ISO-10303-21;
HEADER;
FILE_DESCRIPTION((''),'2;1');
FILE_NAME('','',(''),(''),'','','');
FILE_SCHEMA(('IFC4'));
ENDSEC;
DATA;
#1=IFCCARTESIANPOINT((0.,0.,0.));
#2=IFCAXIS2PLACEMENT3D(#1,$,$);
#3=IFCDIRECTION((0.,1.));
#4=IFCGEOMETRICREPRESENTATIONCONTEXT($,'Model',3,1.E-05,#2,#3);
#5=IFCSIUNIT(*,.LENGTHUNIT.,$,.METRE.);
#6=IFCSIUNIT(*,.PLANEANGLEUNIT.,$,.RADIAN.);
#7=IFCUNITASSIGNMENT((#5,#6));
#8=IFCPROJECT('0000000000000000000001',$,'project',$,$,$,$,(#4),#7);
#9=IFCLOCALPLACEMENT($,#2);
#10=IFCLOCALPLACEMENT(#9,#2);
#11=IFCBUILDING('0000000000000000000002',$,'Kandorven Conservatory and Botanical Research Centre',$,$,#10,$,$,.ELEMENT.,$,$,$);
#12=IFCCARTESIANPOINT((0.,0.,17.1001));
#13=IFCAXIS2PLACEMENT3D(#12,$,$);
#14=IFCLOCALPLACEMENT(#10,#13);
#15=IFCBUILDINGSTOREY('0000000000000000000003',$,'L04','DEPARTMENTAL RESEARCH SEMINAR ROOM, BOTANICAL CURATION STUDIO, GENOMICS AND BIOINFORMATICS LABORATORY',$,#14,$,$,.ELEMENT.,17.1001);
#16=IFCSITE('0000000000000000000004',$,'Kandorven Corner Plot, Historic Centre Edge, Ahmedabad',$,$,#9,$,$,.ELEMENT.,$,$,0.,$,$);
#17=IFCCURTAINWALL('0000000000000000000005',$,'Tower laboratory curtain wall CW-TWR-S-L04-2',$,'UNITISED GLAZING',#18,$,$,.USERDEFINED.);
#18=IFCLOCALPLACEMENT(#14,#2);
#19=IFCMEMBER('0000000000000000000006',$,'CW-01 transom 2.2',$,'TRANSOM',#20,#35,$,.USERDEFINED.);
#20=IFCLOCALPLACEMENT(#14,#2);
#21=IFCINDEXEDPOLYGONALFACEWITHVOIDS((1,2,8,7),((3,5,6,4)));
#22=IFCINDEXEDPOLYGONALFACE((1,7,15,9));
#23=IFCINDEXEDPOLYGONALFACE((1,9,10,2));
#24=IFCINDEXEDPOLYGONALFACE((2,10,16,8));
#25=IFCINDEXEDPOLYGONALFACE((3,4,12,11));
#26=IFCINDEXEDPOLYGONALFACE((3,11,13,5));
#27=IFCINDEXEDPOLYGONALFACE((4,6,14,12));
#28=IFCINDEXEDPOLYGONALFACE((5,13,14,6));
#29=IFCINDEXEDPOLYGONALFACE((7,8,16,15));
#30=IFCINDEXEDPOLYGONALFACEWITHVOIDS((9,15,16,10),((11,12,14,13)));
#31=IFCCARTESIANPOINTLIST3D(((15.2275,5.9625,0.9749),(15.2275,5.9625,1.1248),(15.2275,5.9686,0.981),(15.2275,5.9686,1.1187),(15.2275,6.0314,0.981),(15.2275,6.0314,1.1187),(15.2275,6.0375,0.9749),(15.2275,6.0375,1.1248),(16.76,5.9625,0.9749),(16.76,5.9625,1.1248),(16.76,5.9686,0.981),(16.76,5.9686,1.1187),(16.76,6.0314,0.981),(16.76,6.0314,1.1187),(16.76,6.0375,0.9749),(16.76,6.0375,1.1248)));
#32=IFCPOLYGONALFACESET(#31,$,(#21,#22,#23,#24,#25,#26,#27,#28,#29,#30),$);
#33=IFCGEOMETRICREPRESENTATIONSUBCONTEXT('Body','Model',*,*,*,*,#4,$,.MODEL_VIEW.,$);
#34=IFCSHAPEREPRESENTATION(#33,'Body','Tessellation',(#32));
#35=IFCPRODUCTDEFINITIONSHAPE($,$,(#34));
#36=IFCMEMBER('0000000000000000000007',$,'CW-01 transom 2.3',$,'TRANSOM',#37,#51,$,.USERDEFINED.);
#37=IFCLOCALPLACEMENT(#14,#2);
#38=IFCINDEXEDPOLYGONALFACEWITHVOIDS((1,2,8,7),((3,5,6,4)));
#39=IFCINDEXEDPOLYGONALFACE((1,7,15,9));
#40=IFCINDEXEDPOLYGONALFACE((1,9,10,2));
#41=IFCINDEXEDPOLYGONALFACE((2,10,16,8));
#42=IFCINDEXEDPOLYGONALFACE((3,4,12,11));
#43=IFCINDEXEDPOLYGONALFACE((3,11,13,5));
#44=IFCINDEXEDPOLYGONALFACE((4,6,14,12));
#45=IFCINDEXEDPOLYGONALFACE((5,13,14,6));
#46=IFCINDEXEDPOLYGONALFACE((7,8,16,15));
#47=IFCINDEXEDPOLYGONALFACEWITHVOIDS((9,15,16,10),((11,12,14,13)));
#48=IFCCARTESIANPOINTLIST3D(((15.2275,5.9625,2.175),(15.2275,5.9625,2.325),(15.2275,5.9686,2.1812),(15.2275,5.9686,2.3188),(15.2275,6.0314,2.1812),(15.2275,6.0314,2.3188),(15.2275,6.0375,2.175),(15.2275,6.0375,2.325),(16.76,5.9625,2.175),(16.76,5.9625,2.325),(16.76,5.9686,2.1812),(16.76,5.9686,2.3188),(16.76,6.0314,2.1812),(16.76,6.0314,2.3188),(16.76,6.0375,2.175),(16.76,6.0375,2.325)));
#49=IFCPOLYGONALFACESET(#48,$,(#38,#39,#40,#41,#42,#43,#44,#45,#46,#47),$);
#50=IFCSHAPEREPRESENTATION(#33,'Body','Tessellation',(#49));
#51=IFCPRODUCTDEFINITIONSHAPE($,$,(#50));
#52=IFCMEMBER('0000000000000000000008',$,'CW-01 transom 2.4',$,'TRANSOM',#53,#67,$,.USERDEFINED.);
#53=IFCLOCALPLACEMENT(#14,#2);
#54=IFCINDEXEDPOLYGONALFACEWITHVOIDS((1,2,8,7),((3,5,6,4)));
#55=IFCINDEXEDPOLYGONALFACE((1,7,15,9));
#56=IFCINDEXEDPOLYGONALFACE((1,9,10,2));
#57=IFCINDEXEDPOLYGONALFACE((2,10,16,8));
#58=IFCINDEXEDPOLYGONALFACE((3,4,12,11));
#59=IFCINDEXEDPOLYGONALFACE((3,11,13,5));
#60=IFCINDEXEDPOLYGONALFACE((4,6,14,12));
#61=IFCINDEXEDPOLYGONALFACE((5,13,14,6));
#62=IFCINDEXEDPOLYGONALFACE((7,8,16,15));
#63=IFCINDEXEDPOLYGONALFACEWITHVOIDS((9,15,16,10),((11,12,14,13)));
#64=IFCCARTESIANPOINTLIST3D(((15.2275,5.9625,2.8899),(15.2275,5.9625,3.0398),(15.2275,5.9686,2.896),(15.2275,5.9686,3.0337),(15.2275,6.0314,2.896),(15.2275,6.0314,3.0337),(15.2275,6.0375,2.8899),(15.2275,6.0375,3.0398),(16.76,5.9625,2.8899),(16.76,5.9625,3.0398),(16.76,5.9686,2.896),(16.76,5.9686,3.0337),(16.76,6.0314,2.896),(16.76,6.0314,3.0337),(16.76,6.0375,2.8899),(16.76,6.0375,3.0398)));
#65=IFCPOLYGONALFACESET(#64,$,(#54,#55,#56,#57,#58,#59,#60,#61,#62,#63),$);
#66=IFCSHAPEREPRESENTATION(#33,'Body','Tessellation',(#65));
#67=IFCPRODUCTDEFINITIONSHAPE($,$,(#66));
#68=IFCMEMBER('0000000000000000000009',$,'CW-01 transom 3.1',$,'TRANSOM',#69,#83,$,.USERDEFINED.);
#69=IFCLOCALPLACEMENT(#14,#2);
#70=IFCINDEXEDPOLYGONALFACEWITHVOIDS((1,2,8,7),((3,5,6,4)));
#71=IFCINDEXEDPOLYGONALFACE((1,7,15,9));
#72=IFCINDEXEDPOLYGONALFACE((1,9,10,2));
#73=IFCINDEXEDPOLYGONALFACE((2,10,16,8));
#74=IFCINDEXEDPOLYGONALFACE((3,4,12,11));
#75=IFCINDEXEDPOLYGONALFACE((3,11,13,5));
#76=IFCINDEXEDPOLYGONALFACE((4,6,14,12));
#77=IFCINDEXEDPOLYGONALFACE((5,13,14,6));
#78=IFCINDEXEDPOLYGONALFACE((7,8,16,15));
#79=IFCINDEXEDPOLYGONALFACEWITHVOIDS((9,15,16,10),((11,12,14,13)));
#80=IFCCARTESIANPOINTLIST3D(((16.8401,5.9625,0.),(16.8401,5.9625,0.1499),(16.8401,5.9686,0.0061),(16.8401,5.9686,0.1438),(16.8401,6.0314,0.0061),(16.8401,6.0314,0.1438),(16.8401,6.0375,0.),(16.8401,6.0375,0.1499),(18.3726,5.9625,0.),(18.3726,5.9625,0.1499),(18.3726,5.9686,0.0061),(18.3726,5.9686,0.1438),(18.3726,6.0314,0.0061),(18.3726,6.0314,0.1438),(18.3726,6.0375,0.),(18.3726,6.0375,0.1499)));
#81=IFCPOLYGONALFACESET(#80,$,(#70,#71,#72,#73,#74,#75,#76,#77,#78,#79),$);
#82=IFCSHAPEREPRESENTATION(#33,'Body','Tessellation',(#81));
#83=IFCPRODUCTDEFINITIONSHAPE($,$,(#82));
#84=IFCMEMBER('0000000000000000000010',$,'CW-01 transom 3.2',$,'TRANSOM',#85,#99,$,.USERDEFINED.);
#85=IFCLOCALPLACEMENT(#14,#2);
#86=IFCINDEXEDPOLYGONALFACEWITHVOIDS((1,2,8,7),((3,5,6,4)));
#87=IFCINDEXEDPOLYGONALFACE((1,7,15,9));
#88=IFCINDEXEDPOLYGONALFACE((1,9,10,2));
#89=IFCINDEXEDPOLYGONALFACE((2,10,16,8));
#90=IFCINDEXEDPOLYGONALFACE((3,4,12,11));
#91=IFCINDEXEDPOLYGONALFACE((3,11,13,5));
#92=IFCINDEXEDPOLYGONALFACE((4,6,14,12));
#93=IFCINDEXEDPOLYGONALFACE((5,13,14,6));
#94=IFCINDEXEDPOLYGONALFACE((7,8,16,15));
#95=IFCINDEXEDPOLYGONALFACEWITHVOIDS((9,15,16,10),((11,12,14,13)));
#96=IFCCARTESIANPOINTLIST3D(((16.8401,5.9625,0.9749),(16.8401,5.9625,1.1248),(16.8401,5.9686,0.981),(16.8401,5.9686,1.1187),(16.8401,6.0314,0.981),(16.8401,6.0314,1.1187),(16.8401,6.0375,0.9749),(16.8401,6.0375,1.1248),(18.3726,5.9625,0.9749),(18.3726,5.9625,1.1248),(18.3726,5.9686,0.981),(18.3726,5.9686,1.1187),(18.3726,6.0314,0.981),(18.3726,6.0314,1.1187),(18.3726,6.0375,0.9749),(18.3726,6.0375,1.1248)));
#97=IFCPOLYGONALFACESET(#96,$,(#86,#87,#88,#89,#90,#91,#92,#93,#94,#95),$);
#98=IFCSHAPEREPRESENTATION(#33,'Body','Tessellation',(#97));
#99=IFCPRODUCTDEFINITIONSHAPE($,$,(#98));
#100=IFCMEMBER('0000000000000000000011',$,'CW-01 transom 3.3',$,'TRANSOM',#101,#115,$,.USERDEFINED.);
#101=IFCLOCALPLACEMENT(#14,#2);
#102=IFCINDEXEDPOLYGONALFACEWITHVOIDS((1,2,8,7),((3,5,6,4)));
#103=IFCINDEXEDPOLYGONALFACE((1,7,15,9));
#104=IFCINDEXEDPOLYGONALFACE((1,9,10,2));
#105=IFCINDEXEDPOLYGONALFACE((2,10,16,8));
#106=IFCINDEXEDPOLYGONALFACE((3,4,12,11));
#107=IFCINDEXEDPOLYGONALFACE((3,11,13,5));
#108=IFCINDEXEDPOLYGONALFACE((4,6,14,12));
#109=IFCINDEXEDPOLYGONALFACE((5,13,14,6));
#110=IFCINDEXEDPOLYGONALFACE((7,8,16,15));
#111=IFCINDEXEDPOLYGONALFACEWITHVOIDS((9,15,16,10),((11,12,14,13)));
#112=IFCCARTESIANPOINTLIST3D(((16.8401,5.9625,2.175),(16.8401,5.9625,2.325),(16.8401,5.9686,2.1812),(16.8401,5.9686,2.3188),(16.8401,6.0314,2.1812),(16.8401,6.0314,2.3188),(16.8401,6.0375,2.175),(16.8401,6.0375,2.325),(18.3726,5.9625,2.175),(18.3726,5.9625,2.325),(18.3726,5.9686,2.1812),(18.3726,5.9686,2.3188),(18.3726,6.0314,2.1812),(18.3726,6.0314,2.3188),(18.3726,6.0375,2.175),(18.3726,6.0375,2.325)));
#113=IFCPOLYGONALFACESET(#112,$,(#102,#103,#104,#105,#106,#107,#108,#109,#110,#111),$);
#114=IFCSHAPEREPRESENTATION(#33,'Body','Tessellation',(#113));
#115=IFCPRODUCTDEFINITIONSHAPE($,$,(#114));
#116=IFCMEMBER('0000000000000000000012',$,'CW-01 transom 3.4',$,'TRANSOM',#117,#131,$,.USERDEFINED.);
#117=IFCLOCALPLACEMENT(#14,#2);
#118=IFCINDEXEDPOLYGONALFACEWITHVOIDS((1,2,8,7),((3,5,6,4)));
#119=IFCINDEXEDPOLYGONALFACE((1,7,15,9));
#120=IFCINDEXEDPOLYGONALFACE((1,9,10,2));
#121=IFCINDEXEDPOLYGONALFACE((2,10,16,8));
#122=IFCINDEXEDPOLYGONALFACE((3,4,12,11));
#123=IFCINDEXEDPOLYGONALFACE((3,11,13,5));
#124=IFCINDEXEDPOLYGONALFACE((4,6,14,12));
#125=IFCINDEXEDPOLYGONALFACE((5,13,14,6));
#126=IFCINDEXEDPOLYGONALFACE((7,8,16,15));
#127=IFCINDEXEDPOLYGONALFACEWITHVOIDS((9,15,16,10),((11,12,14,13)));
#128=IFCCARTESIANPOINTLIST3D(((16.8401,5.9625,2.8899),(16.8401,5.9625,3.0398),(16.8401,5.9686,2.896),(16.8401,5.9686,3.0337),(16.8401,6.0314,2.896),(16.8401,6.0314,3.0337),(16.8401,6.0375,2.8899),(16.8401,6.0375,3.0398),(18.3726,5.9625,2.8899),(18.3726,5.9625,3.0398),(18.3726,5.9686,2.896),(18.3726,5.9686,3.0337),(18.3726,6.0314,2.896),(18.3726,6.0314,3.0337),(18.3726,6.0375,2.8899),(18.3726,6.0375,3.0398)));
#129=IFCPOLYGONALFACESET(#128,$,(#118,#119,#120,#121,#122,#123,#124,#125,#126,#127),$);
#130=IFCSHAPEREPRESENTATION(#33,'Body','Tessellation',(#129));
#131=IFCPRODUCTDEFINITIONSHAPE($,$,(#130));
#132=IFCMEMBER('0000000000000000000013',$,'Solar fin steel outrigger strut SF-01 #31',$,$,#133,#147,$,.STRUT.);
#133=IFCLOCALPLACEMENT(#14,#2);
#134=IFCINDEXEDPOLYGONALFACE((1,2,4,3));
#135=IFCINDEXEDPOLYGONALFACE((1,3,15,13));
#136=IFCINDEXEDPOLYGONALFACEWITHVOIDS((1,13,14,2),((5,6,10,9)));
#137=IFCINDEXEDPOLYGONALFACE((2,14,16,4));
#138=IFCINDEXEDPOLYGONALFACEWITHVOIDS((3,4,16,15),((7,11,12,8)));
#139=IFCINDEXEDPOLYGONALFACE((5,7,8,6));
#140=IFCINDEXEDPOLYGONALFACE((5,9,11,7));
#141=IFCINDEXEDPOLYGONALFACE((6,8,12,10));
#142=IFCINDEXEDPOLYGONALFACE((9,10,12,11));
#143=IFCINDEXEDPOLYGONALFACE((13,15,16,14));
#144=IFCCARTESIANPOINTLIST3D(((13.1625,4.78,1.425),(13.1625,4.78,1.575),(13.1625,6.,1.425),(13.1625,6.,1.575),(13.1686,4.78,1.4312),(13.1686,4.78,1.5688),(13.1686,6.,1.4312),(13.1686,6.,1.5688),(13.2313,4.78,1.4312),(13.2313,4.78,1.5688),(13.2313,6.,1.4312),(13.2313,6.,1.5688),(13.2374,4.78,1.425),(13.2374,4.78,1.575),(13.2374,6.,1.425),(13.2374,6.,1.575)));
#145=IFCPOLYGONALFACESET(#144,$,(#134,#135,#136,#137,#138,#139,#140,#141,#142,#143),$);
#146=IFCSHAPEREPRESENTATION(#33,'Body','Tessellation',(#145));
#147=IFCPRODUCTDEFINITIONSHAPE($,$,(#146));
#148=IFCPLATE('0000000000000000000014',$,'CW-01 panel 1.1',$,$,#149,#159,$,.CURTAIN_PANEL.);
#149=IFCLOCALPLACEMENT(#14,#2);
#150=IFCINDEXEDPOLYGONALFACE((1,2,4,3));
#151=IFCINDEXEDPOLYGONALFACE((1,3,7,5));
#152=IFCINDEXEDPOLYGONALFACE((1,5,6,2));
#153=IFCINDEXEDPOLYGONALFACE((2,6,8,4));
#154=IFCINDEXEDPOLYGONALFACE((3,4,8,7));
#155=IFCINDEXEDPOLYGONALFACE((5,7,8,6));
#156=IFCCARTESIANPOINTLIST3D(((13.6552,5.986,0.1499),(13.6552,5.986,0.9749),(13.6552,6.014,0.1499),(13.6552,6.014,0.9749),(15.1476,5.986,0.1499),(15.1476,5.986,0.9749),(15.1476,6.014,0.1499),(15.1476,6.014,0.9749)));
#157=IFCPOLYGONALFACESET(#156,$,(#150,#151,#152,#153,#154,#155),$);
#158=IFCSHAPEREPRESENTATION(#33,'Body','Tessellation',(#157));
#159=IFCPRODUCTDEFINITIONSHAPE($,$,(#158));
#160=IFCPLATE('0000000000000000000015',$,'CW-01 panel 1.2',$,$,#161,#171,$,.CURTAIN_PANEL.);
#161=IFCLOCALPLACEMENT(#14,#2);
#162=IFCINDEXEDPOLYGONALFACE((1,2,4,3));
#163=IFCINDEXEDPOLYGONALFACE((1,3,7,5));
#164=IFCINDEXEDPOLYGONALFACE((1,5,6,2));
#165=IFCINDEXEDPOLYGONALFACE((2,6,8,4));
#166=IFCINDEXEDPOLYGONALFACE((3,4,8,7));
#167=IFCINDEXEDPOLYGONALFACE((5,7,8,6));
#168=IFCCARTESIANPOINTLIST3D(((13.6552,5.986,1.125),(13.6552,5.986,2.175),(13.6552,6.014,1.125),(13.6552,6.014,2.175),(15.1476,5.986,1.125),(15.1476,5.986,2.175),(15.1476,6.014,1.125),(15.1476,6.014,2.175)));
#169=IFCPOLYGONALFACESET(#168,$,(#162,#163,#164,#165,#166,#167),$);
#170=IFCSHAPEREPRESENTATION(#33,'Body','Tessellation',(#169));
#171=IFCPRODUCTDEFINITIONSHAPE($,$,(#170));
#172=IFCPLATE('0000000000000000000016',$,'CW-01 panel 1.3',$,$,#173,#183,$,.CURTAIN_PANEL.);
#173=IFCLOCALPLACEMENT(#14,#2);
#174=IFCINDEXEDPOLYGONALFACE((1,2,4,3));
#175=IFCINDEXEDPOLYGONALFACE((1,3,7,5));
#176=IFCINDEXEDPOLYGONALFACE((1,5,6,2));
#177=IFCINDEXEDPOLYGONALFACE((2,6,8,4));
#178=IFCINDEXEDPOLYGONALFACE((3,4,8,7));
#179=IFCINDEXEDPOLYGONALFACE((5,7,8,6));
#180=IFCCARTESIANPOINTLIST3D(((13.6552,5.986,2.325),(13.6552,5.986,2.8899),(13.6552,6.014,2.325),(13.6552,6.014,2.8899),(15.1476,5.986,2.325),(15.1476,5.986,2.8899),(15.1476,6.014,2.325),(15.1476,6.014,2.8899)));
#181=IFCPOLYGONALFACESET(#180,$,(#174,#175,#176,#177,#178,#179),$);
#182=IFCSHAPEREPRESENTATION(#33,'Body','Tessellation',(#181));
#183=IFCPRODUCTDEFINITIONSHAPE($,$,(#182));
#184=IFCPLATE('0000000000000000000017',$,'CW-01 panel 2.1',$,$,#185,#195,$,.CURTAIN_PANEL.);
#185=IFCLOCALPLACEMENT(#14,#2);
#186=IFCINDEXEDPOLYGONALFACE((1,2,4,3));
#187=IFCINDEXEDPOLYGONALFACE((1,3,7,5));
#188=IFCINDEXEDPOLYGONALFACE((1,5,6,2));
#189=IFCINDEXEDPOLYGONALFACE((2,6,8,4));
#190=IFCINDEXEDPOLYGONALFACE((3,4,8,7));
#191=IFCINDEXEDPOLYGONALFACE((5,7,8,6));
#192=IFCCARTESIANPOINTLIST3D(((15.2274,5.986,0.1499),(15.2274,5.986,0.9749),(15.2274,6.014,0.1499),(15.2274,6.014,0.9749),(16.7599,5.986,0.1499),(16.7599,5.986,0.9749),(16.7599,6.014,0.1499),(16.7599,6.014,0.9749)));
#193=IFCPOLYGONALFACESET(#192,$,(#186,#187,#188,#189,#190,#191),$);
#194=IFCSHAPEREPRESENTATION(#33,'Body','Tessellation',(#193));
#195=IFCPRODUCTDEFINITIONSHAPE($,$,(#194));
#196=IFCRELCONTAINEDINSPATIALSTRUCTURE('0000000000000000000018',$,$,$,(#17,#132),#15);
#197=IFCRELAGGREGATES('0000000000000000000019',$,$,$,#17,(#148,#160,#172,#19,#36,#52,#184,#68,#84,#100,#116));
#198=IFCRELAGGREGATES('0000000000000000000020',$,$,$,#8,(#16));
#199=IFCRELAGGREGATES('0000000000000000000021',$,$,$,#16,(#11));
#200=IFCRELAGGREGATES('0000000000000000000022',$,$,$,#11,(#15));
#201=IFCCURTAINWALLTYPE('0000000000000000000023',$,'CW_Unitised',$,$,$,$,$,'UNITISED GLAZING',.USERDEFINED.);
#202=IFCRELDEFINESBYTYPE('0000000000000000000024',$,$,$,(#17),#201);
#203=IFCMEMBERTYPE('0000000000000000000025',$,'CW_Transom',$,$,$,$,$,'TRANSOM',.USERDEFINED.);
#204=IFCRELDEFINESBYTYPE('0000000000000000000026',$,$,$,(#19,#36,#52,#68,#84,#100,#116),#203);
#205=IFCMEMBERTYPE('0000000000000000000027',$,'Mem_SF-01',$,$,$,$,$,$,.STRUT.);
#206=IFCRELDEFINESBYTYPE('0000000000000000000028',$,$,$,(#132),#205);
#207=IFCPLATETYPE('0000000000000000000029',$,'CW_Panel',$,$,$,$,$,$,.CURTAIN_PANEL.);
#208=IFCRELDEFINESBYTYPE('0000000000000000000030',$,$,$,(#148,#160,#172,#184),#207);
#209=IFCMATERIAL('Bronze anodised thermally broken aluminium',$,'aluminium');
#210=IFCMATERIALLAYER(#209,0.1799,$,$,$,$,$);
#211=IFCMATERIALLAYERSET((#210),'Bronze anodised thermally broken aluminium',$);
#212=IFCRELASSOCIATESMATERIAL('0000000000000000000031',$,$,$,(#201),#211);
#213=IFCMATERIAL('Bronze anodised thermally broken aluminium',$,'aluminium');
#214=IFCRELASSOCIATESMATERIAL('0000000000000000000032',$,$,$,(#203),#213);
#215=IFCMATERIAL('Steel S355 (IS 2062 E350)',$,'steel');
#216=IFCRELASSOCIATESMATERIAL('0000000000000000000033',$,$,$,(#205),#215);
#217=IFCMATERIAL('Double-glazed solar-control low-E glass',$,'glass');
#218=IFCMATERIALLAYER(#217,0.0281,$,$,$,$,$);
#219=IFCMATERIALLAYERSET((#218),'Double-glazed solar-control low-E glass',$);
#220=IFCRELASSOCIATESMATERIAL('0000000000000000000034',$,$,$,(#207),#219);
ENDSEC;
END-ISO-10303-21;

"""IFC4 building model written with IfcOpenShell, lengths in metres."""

from ifc_helpers import new_model, si_unit, direction, frame, origin, origin_2d, place, context, subcontext, project, spatial, rectangle, hollow_rectangle, extrude, material, layer, layer_set, material_profile, profile_set, type_object, element, aggregate, save


model = new_model("IFC4")

# Units and contexts
model_context = context("Model", 3, precision=1e-05, world=origin(), true_north=direction((0.0, 1.0)))
body_context = subcontext(model_context, "Body", "Model", "MODEL_VIEW")
ifc_project = project(units=[si_unit("LENGTHUNIT", "METRE"), si_unit("PLANEANGLEUNIT", "RADIAN")], contexts=[model_context])

# Site, building, storey
site_placement = place(None, origin())
site = spatial("IfcSite", under=ifc_project, at=site_placement, Name="Kandorven Corner Plot, Historic Centre Edge, Ahmedabad", CompositionType="ELEMENT", RefElevation=0.0)
building_placement = place(site_placement, origin())
building = spatial("IfcBuilding", under=site, at=building_placement, Name="Kandorven Conservatory and Botanical Research Centre", CompositionType="ELEMENT")
storey_placement = place(building_placement, frame((0.0, 0.0, 17.1001)))
storey = spatial("IfcBuildingStorey", under=building, at=storey_placement, Name="L04", Description="DEPARTMENTAL RESEARCH SEMINAR ROOM, BOTANICAL CURATION STUDIO, GENOMICS AND BIOINFORMATICS LABORATORY", CompositionType="ELEMENT", Elevation=17.1001)

# Curtain wall, members
ifc_material_1 = material(Name="Bronze anodised thermally broken aluminium", Category="aluminium")
ifc_layer_1 = layer(ifc_material_1, 0.1799)
ifc_layer_set_1 = layer_set([ifc_layer_1], Name="Bronze anodised thermally broken aluminium")
curtain_wall_type = type_object("IfcCurtainWallType", Name="CW_Unitised", ElementType="UNITISED GLAZING", PredefinedType="USERDEFINED", material=ifc_layer_set_1)
curtain_wall_placement = place(storey_placement, origin())
curtain_wall = element("IfcCurtainWall", 1, at=curtain_wall_placement, inside=storey, type_object=curtain_wall_type, Name="Tower laboratory curtain wall CW-TWR-S-L04-2", ObjectType="UNITISED GLAZING", PredefinedType="USERDEFINED")
ifc_material_2 = material(Name="Bronze anodised thermally broken aluminium", Category="aluminium")
ifc_material_profile_1 = material_profile(ifc_material_2, hollow_rectangle(XDim=0.075, YDim=0.1499, WallThickness=0.0061, at=origin_2d()))
ifc_profile_set_1 = profile_set([ifc_material_profile_1], Name="Bronze anodised thermally broken aluminium")
member_type_1 = type_object("IfcMemberType", Name="CW_Transom", ElementType="TRANSOM", PredefinedType="USERDEFINED", material=ifc_profile_set_1)
member_1_placement = place(storey_placement, frame((15.2275, 6.0, 1.0498), z_axis=(1.0, 0.0, 0.0), x_axis=(0.0, 1.0, 0.0)))
member_1 = element("IfcMember", 2, at=member_1_placement, type_object=member_type_1, Name="CW-01 transom 2.2", ObjectType="TRANSOM", PredefinedType="USERDEFINED", context=body_context, shape_type="SweptSolid", body=[
    extrude(hollow_rectangle(XDim=0.075, YDim=0.1499, WallThickness=0.0061, at=origin_2d()), origin(), (0.0, 0.0, 1.0), 1.5325),
])
member_2_placement = place(storey_placement, frame((15.2275, 6.0, 2.25), z_axis=(1.0, 0.0, 0.0), x_axis=(0.0, 1.0, 0.0)))
member_2 = element("IfcMember", 3, at=member_2_placement, type_object=member_type_1, Name="CW-01 transom 2.3", ObjectType="TRANSOM", PredefinedType="USERDEFINED", context=body_context, shape_type="SweptSolid", body=[
    extrude(hollow_rectangle(XDim=0.075, YDim=0.1499, WallThickness=0.0061, at=origin_2d()), origin(), (0.0, 0.0, 1.0), 1.5325),
])
member_3_placement = place(storey_placement, frame((15.2275, 6.0, 2.9648), z_axis=(1.0, 0.0, 0.0), x_axis=(0.0, 1.0, 0.0)))
member_3 = element("IfcMember", 4, at=member_3_placement, type_object=member_type_1, Name="CW-01 transom 2.4", ObjectType="TRANSOM", PredefinedType="USERDEFINED", context=body_context, shape_type="SweptSolid", body=[
    extrude(hollow_rectangle(XDim=0.075, YDim=0.1499, WallThickness=0.0061, at=origin_2d()), origin(), (0.0, 0.0, 1.0), 1.5325),
])
member_4_placement = place(storey_placement, frame((16.8401, 6.0, 0.075), z_axis=(1.0, 0.0, 0.0), x_axis=(0.0, 1.0, 0.0)))
member_4 = element("IfcMember", 5, at=member_4_placement, type_object=member_type_1, Name="CW-01 transom 3.1", ObjectType="TRANSOM", PredefinedType="USERDEFINED", context=body_context, shape_type="SweptSolid", body=[
    extrude(hollow_rectangle(XDim=0.075, YDim=0.1499, WallThickness=0.0061, at=origin_2d()), origin(), (0.0, 0.0, 1.0), 1.5325),
])
member_5_placement = place(storey_placement, frame((16.8401, 6.0, 1.0498), z_axis=(1.0, 0.0, 0.0), x_axis=(0.0, 1.0, 0.0)))
member_5 = element("IfcMember", 6, at=member_5_placement, type_object=member_type_1, Name="CW-01 transom 3.2", ObjectType="TRANSOM", PredefinedType="USERDEFINED", context=body_context, shape_type="SweptSolid", body=[
    extrude(hollow_rectangle(XDim=0.075, YDim=0.1499, WallThickness=0.0061, at=origin_2d()), origin(), (0.0, 0.0, 1.0), 1.5325),
])
member_6_placement = place(storey_placement, frame((16.8401, 6.0, 2.25), z_axis=(1.0, 0.0, 0.0), x_axis=(0.0, 1.0, 0.0)))
member_6 = element("IfcMember", 7, at=member_6_placement, type_object=member_type_1, Name="CW-01 transom 3.3", ObjectType="TRANSOM", PredefinedType="USERDEFINED", context=body_context, shape_type="SweptSolid", body=[
    extrude(hollow_rectangle(XDim=0.075, YDim=0.1499, WallThickness=0.0061, at=origin_2d()), origin(), (0.0, 0.0, 1.0), 1.5325),
])
member_7_placement = place(storey_placement, frame((16.8401, 6.0, 2.9648), z_axis=(1.0, 0.0, 0.0), x_axis=(0.0, 1.0, 0.0)))
member_7 = element("IfcMember", 8, at=member_7_placement, type_object=member_type_1, Name="CW-01 transom 3.4", ObjectType="TRANSOM", PredefinedType="USERDEFINED", context=body_context, shape_type="SweptSolid", body=[
    extrude(hollow_rectangle(XDim=0.075, YDim=0.1499, WallThickness=0.0061, at=origin_2d()), origin(), (0.0, 0.0, 1.0), 1.5325),
])

# Member
ifc_material_3 = material(Name="Steel S355 (IS 2062 E350)", Category="steel")
ifc_material_profile_2 = material_profile(ifc_material_3, hollow_rectangle(XDim=0.075, YDim=0.1499, WallThickness=0.0061, at=origin_2d()))
ifc_profile_set_2 = profile_set([ifc_material_profile_2], Name="Steel S355 (IS 2062 E350)")
member_type_2 = type_object("IfcMemberType", Name="Mem_SF-01", PredefinedType="STRUT", material=ifc_profile_set_2)
member_8_placement = place(storey_placement, frame((13.2, 6.0, 1.5), z_axis=(0.0, -1.0, 0.0), x_axis=(1.0, 0.0, 0.0)))
element("IfcMember", 9, at=member_8_placement, inside=storey, type_object=member_type_2, Name="Solar fin steel outrigger strut SF-01 #31", PredefinedType="STRUT", context=body_context, shape_type="SweptSolid", body=[
    extrude(hollow_rectangle(XDim=0.075, YDim=0.1499, WallThickness=0.0061, at=origin_2d()), origin(), (0.0, 0.0, 1.0), 1.22),
])

# Plates
ifc_material_4 = material(Name="Double-glazed solar-control low-E glass", Category="glass")
ifc_layer_2 = layer(ifc_material_4, 0.0281)
ifc_layer_set_2 = layer_set([ifc_layer_2], Name="Double-glazed solar-control low-E glass")
plate_type_1 = type_object("IfcPlateType", Name="CW_Panel", PredefinedType="CURTAIN_PANEL", material=ifc_layer_set_2)
plate_1_placement = place(storey_placement, frame((14.4014, 6.0, 0.1499), z_axis=(0.0, 0.0, 1.0), x_axis=(1.0, 0.0, 0.0)))
plate_1 = element("IfcPlate", 10, at=plate_1_placement, type_object=plate_type_1, Name="CW-01 panel 1.1", PredefinedType="CURTAIN_PANEL", context=body_context, shape_type="SweptSolid", body=[
    extrude(rectangle(XDim=1.4924, YDim=0.0281, at=origin_2d()), origin(), (0.0, 0.0, 1.0), 0.825),
])
plate_2_placement = place(storey_placement, frame((14.4014, 6.0, 1.125), z_axis=(0.0, 0.0, 1.0), x_axis=(1.0, 0.0, 0.0)))
plate_2 = element("IfcPlate", 11, at=plate_2_placement, type_object=plate_type_1, Name="CW-01 panel 1.2", PredefinedType="CURTAIN_PANEL", context=body_context, shape_type="SweptSolid", body=[
    extrude(rectangle(XDim=1.4924, YDim=0.0281, at=origin_2d()), origin(), (0.0, 0.0, 1.0), 1.05),
])
plate_3_placement = place(storey_placement, frame((14.4014, 6.0, 2.325), z_axis=(0.0, 0.0, 1.0), x_axis=(1.0, 0.0, 0.0)))
plate_3 = element("IfcPlate", 12, at=plate_3_placement, type_object=plate_type_1, Name="CW-01 panel 1.3", PredefinedType="CURTAIN_PANEL", context=body_context, shape_type="SweptSolid", body=[
    extrude(rectangle(XDim=1.4924, YDim=0.0281, at=origin_2d()), origin(), (0.0, 0.0, 1.0), 0.5649),
])
plate_4_placement = place(storey_placement, frame((15.9937, 6.0, 0.1499), z_axis=(0.0, 0.0, 1.0), x_axis=(1.0, 0.0, 0.0)))
plate_4 = element("IfcPlate", 13, at=plate_4_placement, type_object=plate_type_1, Name="CW-01 panel 2.1", PredefinedType="CURTAIN_PANEL", context=body_context, shape_type="SweptSolid", body=[
    extrude(rectangle(XDim=1.5325, YDim=0.0281, at=origin_2d()), origin(), (0.0, 0.0, 1.0), 0.825),
])
aggregate(curtain_wall, [plate_1, plate_2, plate_3, member_1, member_2, member_3, plate_4, member_4, member_5, member_6, member_7])

save(model, "model.ifc")
